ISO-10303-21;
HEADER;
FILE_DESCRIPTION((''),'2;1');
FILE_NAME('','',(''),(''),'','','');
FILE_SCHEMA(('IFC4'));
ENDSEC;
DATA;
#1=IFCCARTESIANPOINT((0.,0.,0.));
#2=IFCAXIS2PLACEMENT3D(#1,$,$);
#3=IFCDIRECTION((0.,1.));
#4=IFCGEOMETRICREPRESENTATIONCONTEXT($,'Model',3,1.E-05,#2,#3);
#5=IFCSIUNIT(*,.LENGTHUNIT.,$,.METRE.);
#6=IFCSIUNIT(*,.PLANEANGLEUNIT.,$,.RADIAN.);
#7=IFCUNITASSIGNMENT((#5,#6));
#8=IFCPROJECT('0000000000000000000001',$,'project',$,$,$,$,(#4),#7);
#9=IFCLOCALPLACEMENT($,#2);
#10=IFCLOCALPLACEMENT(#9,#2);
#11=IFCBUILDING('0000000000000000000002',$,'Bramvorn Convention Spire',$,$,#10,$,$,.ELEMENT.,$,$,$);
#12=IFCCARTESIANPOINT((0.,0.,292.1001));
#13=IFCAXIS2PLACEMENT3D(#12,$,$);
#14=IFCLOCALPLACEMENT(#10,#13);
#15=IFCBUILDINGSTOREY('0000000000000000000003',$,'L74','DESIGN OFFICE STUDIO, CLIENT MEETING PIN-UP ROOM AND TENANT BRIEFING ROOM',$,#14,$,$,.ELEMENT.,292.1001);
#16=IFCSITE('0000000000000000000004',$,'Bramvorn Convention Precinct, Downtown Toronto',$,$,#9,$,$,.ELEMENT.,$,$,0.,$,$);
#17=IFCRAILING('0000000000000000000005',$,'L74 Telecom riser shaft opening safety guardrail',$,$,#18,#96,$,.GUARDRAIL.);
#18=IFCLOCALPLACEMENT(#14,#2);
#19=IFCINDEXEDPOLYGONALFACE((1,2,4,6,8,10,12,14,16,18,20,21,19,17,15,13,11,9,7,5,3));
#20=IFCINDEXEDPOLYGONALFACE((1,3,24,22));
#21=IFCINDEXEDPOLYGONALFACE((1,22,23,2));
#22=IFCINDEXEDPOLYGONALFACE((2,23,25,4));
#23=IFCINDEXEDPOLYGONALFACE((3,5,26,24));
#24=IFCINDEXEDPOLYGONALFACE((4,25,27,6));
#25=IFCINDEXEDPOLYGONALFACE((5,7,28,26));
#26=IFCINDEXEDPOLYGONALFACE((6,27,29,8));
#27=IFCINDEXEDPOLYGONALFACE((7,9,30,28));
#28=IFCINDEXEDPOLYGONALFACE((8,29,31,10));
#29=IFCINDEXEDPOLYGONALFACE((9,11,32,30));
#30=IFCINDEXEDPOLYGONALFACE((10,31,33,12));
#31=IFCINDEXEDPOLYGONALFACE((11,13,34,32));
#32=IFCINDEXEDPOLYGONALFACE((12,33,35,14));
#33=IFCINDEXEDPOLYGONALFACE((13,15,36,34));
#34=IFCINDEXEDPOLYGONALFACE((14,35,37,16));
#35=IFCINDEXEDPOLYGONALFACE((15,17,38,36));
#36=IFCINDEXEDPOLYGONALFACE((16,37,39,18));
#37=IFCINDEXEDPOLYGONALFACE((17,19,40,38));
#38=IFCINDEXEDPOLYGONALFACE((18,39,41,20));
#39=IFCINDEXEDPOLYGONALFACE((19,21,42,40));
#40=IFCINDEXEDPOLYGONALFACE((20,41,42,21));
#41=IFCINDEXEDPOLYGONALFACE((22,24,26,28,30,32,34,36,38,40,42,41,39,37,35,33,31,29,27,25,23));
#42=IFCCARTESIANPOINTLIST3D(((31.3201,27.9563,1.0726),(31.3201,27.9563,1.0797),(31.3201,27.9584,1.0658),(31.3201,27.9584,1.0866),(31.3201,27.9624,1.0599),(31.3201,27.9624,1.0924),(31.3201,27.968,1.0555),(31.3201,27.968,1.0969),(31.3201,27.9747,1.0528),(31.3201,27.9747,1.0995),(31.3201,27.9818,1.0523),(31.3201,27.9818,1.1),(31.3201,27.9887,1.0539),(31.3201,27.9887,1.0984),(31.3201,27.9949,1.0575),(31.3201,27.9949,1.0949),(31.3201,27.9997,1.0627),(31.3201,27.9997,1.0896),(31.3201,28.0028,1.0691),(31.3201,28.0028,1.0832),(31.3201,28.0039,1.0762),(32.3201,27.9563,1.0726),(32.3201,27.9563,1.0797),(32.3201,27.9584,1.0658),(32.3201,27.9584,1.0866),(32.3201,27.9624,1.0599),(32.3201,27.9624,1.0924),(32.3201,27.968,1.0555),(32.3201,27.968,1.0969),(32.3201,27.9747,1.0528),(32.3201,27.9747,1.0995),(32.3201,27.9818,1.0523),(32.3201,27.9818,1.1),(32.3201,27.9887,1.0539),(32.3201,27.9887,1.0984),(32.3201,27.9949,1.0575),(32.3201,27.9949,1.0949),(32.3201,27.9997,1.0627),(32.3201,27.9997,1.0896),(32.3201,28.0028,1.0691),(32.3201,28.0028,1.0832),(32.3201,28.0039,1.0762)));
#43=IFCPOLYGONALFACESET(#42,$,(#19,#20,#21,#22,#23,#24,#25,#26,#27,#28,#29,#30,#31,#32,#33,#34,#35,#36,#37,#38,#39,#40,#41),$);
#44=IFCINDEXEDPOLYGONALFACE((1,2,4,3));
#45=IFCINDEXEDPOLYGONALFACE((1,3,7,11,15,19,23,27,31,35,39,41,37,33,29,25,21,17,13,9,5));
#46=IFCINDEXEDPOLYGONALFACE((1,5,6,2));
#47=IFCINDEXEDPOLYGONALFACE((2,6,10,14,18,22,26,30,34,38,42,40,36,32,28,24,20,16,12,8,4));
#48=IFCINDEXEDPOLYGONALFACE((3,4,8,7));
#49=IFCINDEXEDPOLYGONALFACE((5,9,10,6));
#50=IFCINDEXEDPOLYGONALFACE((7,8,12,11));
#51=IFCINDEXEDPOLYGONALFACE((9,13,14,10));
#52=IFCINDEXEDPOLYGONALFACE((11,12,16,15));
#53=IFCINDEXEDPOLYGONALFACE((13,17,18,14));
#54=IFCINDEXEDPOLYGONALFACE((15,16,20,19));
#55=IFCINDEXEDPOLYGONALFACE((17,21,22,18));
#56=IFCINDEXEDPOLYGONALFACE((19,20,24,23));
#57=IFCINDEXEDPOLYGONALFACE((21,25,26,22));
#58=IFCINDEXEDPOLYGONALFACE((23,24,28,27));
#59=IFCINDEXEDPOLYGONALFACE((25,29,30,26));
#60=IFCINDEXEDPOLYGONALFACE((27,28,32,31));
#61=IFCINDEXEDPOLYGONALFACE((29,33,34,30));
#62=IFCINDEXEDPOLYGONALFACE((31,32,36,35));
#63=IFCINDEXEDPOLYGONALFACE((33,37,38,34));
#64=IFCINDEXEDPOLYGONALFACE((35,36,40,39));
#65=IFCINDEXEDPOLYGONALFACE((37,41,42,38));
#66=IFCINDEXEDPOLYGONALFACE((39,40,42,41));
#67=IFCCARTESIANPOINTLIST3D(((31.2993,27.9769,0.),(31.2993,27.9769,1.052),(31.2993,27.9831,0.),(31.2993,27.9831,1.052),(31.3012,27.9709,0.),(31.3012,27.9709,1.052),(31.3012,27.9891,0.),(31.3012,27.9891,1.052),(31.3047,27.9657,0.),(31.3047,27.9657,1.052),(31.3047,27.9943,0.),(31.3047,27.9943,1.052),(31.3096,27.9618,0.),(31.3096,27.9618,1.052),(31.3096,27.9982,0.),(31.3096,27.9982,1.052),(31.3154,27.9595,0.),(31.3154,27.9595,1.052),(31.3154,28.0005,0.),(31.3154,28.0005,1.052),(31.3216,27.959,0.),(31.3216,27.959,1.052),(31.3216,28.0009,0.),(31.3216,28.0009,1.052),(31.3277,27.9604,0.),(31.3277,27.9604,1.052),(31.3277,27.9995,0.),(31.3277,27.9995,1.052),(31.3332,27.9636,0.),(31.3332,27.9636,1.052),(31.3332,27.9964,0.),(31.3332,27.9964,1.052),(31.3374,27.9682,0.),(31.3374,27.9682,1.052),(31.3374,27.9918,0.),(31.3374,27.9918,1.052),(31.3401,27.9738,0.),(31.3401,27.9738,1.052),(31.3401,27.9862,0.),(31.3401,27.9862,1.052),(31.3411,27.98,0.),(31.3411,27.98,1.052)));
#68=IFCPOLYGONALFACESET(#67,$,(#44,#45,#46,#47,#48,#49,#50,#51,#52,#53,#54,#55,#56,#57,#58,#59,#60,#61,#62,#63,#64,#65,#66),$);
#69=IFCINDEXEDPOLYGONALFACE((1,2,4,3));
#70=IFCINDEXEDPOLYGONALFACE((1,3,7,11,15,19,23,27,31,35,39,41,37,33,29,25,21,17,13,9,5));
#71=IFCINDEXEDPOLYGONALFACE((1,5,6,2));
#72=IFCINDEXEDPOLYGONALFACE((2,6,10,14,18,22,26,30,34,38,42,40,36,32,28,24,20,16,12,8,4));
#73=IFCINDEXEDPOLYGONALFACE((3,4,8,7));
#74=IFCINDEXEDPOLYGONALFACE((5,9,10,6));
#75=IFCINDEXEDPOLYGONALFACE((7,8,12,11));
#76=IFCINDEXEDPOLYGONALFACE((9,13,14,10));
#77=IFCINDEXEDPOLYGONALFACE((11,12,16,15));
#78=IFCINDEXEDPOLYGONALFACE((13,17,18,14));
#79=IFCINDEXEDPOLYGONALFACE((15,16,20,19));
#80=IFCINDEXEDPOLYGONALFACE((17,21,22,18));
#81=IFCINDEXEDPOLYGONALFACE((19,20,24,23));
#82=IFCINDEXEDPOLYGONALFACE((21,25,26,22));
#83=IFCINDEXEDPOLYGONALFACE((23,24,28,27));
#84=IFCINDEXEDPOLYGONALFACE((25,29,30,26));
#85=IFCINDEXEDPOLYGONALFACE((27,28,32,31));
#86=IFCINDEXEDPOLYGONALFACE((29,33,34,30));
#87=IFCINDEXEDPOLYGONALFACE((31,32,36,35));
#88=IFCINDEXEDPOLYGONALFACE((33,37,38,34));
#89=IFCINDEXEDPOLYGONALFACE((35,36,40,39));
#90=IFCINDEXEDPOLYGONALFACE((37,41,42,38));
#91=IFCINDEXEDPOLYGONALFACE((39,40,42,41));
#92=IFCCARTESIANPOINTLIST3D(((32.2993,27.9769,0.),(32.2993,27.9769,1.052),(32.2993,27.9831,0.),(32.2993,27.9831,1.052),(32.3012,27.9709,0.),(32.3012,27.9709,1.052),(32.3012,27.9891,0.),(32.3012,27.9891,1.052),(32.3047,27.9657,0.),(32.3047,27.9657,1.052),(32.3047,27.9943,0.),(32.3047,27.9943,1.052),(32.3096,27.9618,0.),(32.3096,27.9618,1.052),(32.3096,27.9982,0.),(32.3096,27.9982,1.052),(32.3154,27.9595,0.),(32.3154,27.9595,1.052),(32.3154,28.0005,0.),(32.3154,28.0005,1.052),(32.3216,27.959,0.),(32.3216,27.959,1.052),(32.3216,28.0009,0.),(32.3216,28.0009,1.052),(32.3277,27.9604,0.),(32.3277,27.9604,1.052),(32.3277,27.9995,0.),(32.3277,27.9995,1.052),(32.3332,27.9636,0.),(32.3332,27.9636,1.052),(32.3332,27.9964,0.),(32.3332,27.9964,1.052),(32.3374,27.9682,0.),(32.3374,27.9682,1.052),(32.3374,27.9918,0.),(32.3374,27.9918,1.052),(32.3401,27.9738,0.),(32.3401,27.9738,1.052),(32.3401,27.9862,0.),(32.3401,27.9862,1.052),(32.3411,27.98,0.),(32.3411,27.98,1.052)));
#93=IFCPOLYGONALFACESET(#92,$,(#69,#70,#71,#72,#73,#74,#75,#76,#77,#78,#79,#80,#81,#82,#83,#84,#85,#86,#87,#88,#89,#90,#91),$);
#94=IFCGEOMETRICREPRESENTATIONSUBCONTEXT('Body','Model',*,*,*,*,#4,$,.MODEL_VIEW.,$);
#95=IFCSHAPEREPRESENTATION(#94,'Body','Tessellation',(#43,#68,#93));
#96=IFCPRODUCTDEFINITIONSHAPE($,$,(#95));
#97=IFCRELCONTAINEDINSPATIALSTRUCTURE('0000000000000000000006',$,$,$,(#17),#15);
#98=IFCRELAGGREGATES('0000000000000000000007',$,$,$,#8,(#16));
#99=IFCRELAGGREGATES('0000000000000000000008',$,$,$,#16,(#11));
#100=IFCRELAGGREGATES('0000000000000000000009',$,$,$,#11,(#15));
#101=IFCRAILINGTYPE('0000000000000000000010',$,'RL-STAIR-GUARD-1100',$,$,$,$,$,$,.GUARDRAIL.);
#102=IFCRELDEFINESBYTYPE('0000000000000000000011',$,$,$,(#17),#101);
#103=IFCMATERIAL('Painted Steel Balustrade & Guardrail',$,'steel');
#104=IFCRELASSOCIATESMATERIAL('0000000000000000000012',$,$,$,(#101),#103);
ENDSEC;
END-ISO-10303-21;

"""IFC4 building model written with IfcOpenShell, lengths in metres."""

from ifc_helpers import new_model, si_unit, direction, frame, origin, origin_2d, place, context, subcontext, project, spatial, circle, extrude, material, type_object, element, save


model = new_model("IFC4")

# Units and contexts
model_context = context("Model", 3, precision=1e-05, world=origin(), true_north=direction((0.0, 1.0)))
body_context = subcontext(model_context, "Body", "Model", "MODEL_VIEW")
ifc_project = project(units=[si_unit("LENGTHUNIT", "METRE"), si_unit("PLANEANGLEUNIT", "RADIAN")], contexts=[model_context])

# Site, building, storey
site_placement = place(None, origin())
site = spatial("IfcSite", under=ifc_project, at=site_placement, Name="Bramvorn Convention Precinct, Downtown Toronto", CompositionType="ELEMENT", RefElevation=0.0)
building_placement = place(site_placement, origin())
building = spatial("IfcBuilding", under=site, at=building_placement, Name="Bramvorn Convention Spire", CompositionType="ELEMENT")
storey_placement = place(building_placement, frame((0.0, 0.0, 292.1001)))
storey = spatial("IfcBuildingStorey", under=building, at=storey_placement, Name="L74", Description="DESIGN OFFICE STUDIO, CLIENT MEETING PIN-UP ROOM AND TENANT BRIEFING ROOM", CompositionType="ELEMENT", Elevation=292.1001)

# Railing
ifc_material_1 = material(Name="Painted Steel Balustrade & Guardrail", Category="steel")
railing_type = type_object("IfcRailingType", Name="RL-STAIR-GUARD-1100", PredefinedType="GUARDRAIL", material=ifc_material_1)
railing_1_placement = place(storey_placement, frame((31.3201, 27.98, 0.0)))
element("IfcRailing", 1, at=railing_1_placement, inside=storey, type_object=railing_type, Name="L74 Telecom riser shaft opening safety guardrail", PredefinedType="GUARDRAIL", context=body_context, shape_type="SweptSolid", body=[
    extrude(circle(Radius=0.0239, at=origin_2d()), frame((0.0, 0.0, 1.0762), z_axis=(1.0, 0.0, 0.0), x_axis=(0.0, 1.0, 0.0)), (0.0, 0.0, 1.0), 1.0),
    extrude(circle(Radius=0.021, at=origin_2d()), origin(), (0.0, 0.0, 1.0), 1.052),
    extrude(circle(Radius=0.021, at=origin_2d()), frame((1.0, 0.0, 0.0)), (0.0, 0.0, 1.0), 1.052),
])

save(model, "model.ifc")
